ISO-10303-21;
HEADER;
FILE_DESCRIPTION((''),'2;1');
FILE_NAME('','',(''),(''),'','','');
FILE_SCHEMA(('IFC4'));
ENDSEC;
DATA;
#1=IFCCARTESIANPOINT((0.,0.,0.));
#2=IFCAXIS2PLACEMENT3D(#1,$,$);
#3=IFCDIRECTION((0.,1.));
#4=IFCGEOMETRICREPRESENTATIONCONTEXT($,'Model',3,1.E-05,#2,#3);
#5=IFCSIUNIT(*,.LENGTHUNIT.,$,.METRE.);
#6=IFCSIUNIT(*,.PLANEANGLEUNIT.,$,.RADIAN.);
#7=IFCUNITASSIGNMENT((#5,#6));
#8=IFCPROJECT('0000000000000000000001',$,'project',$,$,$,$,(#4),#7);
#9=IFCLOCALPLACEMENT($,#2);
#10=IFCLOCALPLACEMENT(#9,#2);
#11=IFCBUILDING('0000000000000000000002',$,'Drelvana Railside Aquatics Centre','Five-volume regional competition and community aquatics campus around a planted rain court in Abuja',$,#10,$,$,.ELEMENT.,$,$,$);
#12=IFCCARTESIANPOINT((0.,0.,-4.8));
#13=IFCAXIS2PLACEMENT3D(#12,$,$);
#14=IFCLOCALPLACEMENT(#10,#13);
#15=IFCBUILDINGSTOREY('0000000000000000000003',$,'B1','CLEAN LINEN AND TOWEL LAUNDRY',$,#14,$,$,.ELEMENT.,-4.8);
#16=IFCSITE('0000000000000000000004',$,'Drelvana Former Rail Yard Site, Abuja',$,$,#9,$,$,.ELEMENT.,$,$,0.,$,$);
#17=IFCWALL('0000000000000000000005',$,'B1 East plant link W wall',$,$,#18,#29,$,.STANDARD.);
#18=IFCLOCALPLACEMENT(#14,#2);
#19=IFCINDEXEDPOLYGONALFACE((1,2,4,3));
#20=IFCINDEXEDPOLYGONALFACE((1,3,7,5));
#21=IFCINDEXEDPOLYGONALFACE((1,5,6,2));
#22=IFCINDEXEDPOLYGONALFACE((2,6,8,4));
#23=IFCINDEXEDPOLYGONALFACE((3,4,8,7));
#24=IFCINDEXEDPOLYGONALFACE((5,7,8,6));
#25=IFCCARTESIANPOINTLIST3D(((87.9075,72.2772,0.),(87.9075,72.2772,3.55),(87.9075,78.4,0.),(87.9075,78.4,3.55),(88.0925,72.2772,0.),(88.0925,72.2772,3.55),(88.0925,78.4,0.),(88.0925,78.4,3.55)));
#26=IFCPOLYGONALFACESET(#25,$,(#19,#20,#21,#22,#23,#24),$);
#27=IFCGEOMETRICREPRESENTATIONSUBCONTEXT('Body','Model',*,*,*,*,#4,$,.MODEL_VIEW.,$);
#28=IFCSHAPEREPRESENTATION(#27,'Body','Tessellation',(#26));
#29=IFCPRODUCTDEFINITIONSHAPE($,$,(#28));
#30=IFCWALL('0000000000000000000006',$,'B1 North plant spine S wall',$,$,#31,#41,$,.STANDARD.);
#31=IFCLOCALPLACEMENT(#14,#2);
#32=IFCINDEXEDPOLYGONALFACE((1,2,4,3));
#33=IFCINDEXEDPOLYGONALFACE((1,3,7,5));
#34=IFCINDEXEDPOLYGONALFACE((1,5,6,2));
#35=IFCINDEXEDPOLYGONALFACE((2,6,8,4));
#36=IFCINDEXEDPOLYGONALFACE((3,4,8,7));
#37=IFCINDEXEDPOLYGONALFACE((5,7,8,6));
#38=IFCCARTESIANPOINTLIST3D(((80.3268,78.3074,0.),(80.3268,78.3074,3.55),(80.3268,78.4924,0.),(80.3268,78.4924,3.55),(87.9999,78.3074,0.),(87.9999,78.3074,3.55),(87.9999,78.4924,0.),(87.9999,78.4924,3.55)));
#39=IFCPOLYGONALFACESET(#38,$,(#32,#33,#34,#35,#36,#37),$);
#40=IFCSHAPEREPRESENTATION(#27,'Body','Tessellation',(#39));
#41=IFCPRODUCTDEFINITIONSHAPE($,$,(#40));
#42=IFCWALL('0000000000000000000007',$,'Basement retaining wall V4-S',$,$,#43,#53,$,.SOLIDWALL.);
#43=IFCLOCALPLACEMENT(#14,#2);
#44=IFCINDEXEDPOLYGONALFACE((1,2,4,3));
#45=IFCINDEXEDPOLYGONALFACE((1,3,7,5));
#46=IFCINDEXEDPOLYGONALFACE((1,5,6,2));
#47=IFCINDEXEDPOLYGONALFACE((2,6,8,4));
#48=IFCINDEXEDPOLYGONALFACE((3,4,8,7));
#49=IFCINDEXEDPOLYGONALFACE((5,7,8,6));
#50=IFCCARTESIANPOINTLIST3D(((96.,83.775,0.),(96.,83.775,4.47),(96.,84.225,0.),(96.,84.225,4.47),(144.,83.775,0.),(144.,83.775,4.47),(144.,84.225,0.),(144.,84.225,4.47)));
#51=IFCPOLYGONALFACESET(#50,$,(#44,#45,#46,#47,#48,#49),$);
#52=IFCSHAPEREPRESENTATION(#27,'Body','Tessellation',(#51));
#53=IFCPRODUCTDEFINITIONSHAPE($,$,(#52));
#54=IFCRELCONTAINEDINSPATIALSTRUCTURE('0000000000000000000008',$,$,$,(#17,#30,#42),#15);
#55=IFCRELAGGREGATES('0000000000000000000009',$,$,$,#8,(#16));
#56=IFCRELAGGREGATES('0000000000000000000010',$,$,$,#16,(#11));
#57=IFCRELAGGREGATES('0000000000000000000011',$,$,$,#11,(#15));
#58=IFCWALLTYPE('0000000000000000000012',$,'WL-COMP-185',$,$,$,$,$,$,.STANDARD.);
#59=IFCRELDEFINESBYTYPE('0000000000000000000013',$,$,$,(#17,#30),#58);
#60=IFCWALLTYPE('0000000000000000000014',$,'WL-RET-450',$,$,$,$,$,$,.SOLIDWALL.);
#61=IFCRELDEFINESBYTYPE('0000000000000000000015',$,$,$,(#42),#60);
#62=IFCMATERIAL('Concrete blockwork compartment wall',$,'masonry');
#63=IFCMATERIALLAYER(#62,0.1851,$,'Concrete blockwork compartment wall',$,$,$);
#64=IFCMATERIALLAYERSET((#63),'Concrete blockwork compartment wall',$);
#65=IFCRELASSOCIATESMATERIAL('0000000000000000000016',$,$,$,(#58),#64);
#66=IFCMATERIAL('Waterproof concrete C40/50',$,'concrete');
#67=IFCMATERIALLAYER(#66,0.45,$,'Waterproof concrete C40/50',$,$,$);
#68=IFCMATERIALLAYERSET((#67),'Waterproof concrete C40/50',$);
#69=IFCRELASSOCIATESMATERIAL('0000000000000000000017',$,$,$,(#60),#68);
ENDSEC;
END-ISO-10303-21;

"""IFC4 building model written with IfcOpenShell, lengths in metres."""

from ifc_helpers import new_model, si_unit, direction, frame, frame_2d, origin, place, context, subcontext, project, spatial, rectangle, extrude, material, layer, layer_set, type_object, element, save


model = new_model("IFC4")

# Units and contexts
model_context = context("Model", 3, precision=1e-05, world=origin(), true_north=direction((0.0, 1.0)))
body_context = subcontext(model_context, "Body", "Model", "MODEL_VIEW")
ifc_project = project(units=[si_unit("LENGTHUNIT", "METRE"), si_unit("PLANEANGLEUNIT", "RADIAN")], contexts=[model_context])

# Site, building, storey
site_placement = place(None, origin())
site = spatial("IfcSite", under=ifc_project, at=site_placement, Name="Drelvana Former Rail Yard Site, Abuja", CompositionType="ELEMENT", RefElevation=0.0)
building_placement = place(site_placement, origin())
building = spatial("IfcBuilding", under=site, at=building_placement, Name="Drelvana Railside Aquatics Centre", Description="Five-volume regional competition and community aquatics campus around a planted rain court in Abuja", CompositionType="ELEMENT")
storey_placement = place(building_placement, frame((0.0, 0.0, -4.8)))
storey = spatial("IfcBuildingStorey", under=building, at=storey_placement, Name="B1", Description="CLEAN LINEN AND TOWEL LAUNDRY", CompositionType="ELEMENT", Elevation=-4.8)

# Walls
ifc_material_1 = material(Name="Concrete blockwork compartment wall", Category="masonry")
ifc_layer_1 = layer(ifc_material_1, 0.1851, Name="Concrete blockwork compartment wall")
ifc_layer_set_1 = layer_set([ifc_layer_1], Name="Concrete blockwork compartment wall")
wall_type_1 = type_object("IfcWallType", Name="WL-COMP-185", PredefinedType="STANDARD", material=ifc_layer_set_1)
wall_1_placement = place(storey_placement, frame((88.0, 72.2771, 0.0), z_axis=(0.0, 0.0, 1.0), x_axis=(0.0, 1.0, 0.0)))
element("IfcWall", 1, at=wall_1_placement, inside=storey, type_object=wall_type_1, Name="B1 East plant link W wall", PredefinedType="STANDARD", context=body_context, shape_type="SweptSolid", body=[
    extrude(rectangle(XDim=6.1228, YDim=0.1851, at=frame_2d((3.0615, 0.0))), origin(), (0.0, 0.0, 1.0), 3.55),
])
wall_2_placement = place(storey_placement, frame((80.3269, 78.3999, 0.0), z_axis=(0.0, 0.0, 1.0), x_axis=(1.0, 0.0, 0.0)))
element("IfcWall", 2, at=wall_2_placement, inside=storey, type_object=wall_type_1, Name="B1 North plant spine S wall", PredefinedType="STANDARD", context=body_context, shape_type="SweptSolid", body=[
    extrude(rectangle(XDim=7.6731, YDim=0.1851, at=frame_2d((3.8364, 0.0))), origin(), (0.0, 0.0, 1.0), 3.55),
])
ifc_material_2 = material(Name="Waterproof concrete C40/50", Category="concrete")
ifc_layer_2 = layer(ifc_material_2, 0.45, Name="Waterproof concrete C40/50")
ifc_layer_set_2 = layer_set([ifc_layer_2], Name="Waterproof concrete C40/50")
wall_type_2 = type_object("IfcWallType", Name="WL-RET-450", PredefinedType="SOLIDWALL", material=ifc_layer_set_2)
wall_3_placement = place(storey_placement, frame((96.0, 84.0, 0.0), z_axis=(0.0, 0.0, 1.0), x_axis=(1.0, 0.0, 0.0)))
element("IfcWall", 3, at=wall_3_placement, inside=storey, type_object=wall_type_2, Name="Basement retaining wall V4-S", PredefinedType="SOLIDWALL", context=body_context, shape_type="SweptSolid", body=[
    extrude(rectangle(XDim=48.0, YDim=0.45, at=frame_2d((24.0, 0.0))), origin(), (0.0, 0.0, 1.0), 4.47),
])

save(model, "model.ifc")
